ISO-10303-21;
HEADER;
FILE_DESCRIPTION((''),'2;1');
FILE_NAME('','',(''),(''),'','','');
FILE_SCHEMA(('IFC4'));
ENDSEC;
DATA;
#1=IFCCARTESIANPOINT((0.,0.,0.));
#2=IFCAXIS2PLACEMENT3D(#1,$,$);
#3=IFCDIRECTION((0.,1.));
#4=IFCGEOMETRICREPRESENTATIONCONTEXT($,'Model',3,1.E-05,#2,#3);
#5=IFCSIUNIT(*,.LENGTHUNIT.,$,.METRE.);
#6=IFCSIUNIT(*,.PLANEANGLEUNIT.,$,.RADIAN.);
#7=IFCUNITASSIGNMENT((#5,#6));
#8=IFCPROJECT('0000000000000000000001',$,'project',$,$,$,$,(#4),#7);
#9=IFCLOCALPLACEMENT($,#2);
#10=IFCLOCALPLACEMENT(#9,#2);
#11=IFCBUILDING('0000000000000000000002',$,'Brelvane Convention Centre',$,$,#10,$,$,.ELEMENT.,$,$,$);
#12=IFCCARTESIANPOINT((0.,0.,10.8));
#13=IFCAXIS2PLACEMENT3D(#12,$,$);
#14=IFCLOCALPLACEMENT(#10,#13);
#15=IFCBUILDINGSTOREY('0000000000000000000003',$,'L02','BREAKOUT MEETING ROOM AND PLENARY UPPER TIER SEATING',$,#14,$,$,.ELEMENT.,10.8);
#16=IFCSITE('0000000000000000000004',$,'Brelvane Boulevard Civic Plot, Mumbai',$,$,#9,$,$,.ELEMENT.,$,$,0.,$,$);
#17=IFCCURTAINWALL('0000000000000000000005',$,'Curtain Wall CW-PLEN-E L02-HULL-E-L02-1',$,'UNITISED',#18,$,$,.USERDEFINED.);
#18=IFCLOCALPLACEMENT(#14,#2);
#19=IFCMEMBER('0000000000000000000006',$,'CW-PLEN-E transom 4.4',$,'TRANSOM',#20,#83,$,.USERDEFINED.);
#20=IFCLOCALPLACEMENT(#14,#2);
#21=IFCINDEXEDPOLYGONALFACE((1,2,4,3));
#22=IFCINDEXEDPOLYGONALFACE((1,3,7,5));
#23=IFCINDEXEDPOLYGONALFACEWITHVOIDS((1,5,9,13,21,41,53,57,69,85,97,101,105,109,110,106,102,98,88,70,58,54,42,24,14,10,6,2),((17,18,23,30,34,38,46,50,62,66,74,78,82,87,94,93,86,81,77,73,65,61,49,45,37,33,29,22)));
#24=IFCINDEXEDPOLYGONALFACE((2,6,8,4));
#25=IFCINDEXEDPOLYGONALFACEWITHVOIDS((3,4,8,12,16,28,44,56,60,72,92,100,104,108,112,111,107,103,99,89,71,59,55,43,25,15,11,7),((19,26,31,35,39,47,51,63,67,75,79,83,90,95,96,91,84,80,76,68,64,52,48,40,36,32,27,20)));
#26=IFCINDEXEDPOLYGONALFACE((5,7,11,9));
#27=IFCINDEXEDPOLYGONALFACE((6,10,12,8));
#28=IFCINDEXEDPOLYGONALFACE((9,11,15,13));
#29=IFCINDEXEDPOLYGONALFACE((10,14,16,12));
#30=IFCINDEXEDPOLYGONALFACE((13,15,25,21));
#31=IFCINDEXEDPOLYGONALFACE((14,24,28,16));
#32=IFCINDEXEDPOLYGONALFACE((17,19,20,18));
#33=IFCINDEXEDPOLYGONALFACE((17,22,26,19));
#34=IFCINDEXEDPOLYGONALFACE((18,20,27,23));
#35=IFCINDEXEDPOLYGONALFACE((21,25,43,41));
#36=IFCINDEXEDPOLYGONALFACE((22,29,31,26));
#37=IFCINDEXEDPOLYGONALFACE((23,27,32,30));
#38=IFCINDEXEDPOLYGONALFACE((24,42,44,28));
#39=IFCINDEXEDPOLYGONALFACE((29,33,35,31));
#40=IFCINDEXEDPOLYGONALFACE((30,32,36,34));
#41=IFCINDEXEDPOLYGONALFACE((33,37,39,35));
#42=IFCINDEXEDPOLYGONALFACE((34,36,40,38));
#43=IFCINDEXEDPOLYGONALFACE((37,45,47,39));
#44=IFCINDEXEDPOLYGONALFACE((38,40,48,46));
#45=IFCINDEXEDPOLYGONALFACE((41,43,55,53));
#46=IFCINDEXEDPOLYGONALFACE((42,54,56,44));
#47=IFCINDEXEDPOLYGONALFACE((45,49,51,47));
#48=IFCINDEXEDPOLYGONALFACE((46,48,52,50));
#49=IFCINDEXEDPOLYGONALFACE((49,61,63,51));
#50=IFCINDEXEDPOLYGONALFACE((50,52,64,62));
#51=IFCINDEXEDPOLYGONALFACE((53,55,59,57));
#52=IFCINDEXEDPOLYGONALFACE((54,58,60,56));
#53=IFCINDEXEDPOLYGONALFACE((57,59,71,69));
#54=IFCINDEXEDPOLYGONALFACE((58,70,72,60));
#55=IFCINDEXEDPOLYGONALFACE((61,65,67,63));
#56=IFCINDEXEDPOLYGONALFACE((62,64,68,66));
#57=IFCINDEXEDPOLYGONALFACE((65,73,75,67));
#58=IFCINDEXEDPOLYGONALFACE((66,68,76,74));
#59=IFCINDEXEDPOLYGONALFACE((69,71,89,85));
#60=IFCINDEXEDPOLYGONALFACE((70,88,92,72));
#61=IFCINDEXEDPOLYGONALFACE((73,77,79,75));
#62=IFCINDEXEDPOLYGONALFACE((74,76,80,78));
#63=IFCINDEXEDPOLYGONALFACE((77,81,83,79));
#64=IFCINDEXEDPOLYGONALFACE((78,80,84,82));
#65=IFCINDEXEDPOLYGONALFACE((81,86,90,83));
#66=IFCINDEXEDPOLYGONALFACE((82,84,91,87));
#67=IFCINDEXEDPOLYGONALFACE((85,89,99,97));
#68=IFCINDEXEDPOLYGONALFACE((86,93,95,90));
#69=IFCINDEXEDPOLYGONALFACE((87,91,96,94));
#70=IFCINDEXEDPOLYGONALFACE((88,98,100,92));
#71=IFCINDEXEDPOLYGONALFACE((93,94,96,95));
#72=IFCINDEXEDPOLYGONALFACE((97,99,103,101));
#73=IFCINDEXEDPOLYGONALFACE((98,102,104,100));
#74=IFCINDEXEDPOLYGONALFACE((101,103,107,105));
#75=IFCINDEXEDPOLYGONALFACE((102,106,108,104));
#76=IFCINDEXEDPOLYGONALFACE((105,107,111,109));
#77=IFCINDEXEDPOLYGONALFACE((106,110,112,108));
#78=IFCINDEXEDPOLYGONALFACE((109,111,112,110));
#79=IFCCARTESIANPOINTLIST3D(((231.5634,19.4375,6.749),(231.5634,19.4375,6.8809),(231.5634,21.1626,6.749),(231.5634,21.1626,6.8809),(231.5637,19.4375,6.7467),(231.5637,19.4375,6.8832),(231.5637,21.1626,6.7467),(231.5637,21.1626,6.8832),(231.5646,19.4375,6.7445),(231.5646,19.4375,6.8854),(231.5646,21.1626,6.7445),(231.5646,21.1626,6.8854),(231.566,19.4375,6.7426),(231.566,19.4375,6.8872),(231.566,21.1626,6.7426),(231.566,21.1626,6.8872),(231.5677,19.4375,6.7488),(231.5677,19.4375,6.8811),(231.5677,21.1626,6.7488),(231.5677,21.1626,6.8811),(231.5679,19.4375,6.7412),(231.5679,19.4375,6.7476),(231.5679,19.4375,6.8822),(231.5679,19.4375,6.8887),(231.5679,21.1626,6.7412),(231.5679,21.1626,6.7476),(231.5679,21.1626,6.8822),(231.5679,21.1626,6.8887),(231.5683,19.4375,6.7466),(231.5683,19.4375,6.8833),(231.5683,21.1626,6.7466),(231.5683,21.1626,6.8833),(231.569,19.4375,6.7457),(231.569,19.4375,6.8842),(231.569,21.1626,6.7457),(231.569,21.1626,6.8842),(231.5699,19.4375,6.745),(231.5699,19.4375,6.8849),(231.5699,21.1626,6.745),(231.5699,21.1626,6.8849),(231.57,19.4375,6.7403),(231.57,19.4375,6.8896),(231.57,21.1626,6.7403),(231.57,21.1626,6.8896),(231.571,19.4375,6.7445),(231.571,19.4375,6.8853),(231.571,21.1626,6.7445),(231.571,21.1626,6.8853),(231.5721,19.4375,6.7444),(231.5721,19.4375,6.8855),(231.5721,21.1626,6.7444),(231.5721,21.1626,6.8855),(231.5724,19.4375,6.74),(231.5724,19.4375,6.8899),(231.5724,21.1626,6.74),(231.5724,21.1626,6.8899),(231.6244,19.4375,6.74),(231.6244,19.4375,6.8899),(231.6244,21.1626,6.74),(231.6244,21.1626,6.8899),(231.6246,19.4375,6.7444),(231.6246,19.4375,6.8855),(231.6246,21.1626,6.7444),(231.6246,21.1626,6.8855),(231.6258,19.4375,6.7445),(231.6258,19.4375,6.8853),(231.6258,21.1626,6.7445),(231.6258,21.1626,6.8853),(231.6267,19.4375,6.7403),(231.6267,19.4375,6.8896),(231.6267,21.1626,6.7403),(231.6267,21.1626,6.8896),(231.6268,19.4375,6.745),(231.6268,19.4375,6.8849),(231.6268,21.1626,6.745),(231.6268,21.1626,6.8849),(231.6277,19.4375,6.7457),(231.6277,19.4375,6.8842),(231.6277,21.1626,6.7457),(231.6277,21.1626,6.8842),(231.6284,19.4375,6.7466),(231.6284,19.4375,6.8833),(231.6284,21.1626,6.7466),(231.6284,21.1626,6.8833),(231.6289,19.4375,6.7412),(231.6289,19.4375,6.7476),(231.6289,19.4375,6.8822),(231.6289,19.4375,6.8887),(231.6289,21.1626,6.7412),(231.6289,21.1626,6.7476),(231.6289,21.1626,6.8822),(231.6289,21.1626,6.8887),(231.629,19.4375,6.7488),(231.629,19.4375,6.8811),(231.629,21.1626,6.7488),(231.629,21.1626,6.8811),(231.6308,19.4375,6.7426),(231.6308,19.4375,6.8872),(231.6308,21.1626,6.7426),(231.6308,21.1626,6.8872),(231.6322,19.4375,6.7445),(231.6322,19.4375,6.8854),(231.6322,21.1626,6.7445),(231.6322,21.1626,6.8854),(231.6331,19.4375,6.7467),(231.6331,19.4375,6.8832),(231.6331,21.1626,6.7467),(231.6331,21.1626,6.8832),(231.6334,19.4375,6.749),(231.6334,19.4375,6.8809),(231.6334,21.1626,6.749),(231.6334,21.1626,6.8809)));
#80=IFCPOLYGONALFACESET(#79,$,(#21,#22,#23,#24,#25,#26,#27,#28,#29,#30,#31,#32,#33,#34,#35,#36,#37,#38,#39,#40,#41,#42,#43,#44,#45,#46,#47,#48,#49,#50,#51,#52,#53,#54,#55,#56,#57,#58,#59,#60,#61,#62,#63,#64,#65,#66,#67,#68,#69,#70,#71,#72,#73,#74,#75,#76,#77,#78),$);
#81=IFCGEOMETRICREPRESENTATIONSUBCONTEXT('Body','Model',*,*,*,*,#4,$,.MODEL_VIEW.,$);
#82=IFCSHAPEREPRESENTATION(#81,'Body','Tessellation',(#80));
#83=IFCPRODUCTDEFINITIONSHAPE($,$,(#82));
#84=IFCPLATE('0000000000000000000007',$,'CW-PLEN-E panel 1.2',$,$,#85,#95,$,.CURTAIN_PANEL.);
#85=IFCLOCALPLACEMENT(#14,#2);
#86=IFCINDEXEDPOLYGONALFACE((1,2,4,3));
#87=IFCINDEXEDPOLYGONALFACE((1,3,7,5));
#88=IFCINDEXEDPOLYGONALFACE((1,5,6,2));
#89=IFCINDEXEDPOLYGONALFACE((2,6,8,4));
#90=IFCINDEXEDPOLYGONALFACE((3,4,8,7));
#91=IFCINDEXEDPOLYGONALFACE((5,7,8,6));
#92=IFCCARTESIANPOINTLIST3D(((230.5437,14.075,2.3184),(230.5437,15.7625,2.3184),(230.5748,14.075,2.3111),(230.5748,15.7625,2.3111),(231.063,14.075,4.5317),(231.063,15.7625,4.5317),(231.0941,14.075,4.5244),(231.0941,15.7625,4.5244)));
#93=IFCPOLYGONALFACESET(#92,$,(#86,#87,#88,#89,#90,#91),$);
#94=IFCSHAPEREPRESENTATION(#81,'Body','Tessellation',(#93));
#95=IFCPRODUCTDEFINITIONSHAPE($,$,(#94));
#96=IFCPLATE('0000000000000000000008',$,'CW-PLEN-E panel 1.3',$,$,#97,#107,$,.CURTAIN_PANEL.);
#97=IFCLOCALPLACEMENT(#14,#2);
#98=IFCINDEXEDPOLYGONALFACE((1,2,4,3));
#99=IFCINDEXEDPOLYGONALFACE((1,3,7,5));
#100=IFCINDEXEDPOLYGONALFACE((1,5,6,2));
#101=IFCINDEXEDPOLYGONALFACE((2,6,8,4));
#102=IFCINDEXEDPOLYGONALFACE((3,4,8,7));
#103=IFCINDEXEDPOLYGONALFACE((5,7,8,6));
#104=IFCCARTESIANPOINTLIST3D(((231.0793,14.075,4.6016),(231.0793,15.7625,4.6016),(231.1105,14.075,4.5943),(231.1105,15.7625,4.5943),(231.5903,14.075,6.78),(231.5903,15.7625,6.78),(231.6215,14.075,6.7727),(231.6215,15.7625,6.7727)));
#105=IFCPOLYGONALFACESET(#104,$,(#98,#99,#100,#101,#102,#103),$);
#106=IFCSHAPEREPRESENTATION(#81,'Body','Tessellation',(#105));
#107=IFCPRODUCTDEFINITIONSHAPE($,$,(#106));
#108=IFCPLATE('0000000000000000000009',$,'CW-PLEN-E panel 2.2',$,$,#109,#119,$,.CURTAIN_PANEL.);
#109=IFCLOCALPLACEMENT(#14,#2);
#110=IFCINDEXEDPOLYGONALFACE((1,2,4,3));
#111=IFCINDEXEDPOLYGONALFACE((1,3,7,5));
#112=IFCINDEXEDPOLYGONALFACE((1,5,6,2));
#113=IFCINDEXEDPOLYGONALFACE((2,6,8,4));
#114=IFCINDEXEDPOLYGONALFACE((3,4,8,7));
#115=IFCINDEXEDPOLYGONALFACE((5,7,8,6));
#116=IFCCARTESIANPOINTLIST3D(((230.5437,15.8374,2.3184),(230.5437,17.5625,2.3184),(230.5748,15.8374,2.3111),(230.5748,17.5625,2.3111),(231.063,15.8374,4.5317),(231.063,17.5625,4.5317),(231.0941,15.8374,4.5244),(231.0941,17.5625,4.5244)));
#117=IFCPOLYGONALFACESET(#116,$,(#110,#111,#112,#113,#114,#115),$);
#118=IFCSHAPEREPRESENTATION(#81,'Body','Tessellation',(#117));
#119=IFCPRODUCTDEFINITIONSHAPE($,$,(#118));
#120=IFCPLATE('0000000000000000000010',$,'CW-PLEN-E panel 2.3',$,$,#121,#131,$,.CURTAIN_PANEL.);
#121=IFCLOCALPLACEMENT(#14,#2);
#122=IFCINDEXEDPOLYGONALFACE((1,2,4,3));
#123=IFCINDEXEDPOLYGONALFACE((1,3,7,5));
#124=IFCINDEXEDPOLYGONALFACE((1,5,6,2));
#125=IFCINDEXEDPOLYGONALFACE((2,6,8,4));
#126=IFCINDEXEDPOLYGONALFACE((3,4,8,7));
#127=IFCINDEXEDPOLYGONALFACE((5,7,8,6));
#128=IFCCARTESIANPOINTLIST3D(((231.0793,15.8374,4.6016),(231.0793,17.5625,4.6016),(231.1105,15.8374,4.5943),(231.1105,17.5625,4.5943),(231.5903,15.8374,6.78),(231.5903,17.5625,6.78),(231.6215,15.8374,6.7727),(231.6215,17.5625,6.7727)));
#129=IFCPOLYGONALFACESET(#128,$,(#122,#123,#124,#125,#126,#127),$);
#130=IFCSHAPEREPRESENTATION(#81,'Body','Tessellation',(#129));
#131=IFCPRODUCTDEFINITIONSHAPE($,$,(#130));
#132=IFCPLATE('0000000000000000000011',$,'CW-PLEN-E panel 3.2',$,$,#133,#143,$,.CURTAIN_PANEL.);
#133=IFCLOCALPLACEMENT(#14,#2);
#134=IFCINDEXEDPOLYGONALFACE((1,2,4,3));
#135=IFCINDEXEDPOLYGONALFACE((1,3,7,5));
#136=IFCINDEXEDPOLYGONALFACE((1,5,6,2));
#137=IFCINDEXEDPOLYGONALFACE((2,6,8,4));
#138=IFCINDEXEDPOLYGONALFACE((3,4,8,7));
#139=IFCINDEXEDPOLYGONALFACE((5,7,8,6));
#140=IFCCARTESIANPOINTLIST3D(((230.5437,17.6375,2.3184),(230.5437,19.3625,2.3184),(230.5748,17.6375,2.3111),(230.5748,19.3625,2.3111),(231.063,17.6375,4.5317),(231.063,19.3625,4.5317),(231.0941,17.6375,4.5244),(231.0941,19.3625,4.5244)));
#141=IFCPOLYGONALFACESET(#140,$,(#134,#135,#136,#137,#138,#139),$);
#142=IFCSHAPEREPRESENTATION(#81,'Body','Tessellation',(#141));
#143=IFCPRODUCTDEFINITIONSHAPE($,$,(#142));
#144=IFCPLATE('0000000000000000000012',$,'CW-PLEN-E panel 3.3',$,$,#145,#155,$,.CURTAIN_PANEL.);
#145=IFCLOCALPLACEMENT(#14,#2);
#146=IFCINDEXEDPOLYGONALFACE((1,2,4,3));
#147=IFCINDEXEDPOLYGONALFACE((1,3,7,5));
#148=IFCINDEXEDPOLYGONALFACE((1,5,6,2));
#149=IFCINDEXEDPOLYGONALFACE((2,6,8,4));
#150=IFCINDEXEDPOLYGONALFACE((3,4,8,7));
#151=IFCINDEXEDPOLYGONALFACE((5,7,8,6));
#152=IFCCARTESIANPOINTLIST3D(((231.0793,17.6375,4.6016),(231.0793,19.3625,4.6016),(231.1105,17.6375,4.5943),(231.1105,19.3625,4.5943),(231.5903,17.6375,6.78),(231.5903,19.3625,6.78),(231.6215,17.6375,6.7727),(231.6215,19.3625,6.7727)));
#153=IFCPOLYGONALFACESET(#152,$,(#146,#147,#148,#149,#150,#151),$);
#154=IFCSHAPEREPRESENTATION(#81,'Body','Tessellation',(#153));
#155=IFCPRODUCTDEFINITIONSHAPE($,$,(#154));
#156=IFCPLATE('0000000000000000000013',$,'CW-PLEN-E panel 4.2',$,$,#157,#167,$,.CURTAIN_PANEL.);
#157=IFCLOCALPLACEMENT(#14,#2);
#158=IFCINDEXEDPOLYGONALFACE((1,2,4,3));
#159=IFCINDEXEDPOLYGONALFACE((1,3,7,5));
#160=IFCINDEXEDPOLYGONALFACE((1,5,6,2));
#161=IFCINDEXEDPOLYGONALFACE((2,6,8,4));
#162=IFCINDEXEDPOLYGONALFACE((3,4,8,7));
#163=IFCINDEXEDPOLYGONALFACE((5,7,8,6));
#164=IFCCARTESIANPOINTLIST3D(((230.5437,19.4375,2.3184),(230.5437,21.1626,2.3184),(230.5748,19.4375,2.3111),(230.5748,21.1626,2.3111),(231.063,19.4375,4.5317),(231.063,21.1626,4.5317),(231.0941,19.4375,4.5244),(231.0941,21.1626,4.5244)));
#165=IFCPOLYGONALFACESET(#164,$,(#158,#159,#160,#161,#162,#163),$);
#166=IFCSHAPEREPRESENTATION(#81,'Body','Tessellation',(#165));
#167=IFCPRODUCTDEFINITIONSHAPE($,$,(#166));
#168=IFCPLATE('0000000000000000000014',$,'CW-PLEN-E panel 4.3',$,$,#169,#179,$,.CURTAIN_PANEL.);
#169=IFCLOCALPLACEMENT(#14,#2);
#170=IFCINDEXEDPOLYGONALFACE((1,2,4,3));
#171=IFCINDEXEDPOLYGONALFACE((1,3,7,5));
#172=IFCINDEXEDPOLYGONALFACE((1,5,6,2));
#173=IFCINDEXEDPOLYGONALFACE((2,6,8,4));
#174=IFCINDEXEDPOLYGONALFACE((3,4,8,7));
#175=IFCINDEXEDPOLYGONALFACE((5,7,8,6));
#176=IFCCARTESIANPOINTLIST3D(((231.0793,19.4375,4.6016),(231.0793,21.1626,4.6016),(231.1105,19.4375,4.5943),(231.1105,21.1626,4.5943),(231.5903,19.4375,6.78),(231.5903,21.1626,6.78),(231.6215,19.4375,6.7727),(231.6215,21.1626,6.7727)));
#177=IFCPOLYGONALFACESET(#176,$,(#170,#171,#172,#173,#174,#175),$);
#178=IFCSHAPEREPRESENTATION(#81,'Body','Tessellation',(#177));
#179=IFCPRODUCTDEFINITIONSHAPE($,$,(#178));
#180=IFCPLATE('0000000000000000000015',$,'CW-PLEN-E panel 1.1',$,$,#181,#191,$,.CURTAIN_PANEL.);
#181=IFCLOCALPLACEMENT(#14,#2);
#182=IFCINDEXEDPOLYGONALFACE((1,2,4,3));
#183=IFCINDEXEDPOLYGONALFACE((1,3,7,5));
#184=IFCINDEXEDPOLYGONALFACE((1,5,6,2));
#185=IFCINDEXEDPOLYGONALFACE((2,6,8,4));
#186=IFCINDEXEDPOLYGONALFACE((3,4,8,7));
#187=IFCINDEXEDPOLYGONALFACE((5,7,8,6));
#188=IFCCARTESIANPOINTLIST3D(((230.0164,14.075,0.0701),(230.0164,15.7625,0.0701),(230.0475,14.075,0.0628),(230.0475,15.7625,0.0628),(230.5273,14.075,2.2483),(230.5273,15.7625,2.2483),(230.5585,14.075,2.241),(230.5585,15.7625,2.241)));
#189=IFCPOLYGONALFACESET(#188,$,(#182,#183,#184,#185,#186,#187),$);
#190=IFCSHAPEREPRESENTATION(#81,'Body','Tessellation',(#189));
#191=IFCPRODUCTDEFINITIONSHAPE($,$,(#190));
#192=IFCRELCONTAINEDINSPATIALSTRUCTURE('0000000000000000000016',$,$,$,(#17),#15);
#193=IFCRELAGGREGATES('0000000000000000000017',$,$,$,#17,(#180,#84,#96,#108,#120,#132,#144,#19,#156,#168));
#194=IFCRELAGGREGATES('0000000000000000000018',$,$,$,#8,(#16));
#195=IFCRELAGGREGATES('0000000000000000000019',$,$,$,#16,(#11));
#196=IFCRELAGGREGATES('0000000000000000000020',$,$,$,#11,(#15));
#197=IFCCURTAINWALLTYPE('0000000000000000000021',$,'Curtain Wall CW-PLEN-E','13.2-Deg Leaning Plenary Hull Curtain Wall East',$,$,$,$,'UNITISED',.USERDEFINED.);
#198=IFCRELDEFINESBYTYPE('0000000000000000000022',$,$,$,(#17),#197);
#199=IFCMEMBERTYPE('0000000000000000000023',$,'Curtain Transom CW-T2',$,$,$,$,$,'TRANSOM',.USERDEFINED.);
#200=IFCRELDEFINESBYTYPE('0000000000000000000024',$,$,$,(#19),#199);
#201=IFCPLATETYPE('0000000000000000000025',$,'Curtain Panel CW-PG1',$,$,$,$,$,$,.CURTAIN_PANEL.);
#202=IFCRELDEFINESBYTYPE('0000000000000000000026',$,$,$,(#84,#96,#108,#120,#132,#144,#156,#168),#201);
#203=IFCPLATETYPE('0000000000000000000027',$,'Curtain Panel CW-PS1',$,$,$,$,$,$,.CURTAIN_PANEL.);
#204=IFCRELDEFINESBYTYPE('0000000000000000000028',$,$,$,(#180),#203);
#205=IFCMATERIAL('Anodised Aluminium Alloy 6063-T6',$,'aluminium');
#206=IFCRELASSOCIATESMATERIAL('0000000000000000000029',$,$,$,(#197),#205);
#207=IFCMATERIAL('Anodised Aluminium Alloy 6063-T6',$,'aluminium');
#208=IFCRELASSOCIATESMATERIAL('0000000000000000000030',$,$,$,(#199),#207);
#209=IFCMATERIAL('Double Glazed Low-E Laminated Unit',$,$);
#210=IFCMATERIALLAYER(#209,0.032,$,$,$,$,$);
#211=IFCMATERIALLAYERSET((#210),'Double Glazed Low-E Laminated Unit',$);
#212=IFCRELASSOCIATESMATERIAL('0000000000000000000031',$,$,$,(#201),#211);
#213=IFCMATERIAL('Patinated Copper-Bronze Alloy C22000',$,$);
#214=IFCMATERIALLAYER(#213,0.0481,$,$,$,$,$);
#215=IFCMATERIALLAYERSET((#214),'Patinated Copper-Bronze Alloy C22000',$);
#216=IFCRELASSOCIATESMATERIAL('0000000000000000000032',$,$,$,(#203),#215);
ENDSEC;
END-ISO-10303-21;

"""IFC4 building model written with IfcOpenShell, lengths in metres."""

from ifc_helpers import new_model, si_unit, direction, frame, origin, origin_2d, place, context, subcontext, project, spatial, polyline, hollow_rectangle, outline, extrude, material, layer, layer_set, material_profile, profile_set, type_object, element, aggregate, save


model = new_model("IFC4")

# Units and contexts
model_context = context("Model", 3, precision=1e-05, world=origin(), true_north=direction((0.0, 1.0)))
body_context = subcontext(model_context, "Body", "Model", "MODEL_VIEW")
ifc_project = project(units=[si_unit("LENGTHUNIT", "METRE"), si_unit("PLANEANGLEUNIT", "RADIAN")], contexts=[model_context])

# Site, building, storey
site_placement = place(None, origin())
site = spatial("IfcSite", under=ifc_project, at=site_placement, Name="Brelvane Boulevard Civic Plot, Mumbai", CompositionType="ELEMENT", RefElevation=0.0)
building_placement = place(site_placement, origin())
building = spatial("IfcBuilding", under=site, at=building_placement, Name="Brelvane Convention Centre", CompositionType="ELEMENT")
storey_placement = place(building_placement, frame((0.0, 0.0, 10.8)))
storey = spatial("IfcBuildingStorey", under=building, at=storey_placement, Name="L02", Description="BREAKOUT MEETING ROOM AND PLENARY UPPER TIER SEATING", CompositionType="ELEMENT", Elevation=10.8)

# Curtain wall, member, plates
ifc_material_1 = material(Name="Anodised Aluminium Alloy 6063-T6", Category="aluminium")
curtain_wall_type = type_object("IfcCurtainWallType", Name="Curtain Wall CW-PLEN-E", Description="13.2-Deg Leaning Plenary Hull Curtain Wall East", ElementType="UNITISED", PredefinedType="USERDEFINED", material=ifc_material_1)
curtain_wall_placement = place(storey_placement, origin())
curtain_wall = element("IfcCurtainWall", 1, at=curtain_wall_placement, inside=storey, type_object=curtain_wall_type, Name="Curtain Wall CW-PLEN-E L02-HULL-E-L02-1", ObjectType="UNITISED", PredefinedType="USERDEFINED")
ifc_material_2 = material(Name="Anodised Aluminium Alloy 6063-T6", Category="aluminium")
ifc_material_profile_1 = material_profile(ifc_material_2, hollow_rectangle(XDim=0.0701, YDim=0.1499, WallThickness=0.0044, InnerFilletRadius=0.0044, OuterFilletRadius=0.009, at=origin_2d()), Name="ALU-T 150x70x4.5")
ifc_profile_set_1 = profile_set([ifc_material_profile_1], Name="Anodised Aluminium Alloy 6063-T6")
member_type_1 = type_object("IfcMemberType", Name="Curtain Transom CW-T2", ElementType="TRANSOM", PredefinedType="USERDEFINED", material=ifc_profile_set_1)
member_1_placement = place(storey_placement, frame((231.5984, 19.4375, 6.8149), z_axis=(0.0, 1.0, 0.0), x_axis=(-1.0, 0.0, 0.0)))
member_1 = element("IfcMember", 2, at=member_1_placement, type_object=member_type_1, Name="CW-PLEN-E transom 4.4", ObjectType="TRANSOM", PredefinedType="USERDEFINED", context=body_context, shape_type="SweptSolid", body=[
    extrude(hollow_rectangle(XDim=0.0701, YDim=0.1499, WallThickness=0.0044, InnerFilletRadius=0.0044, OuterFilletRadius=0.009, at=origin_2d()), origin(), (0.0, 0.0, 1.0), 1.7251),
])
ifc_material_3 = material(Name="Double Glazed Low-E Laminated Unit")
ifc_layer_1 = layer(ifc_material_3, 0.032)
ifc_layer_set_1 = layer_set([ifc_layer_1], Name="Double Glazed Low-E Laminated Unit")
plate_type_1 = type_object("IfcPlateType", Name="Curtain Panel CW-PG1", PredefinedType="CURTAIN_PANEL", material=ifc_layer_set_1)
plate_1_placement = place(storey_placement, frame((230.5437, 14.075, 2.3184), z_axis=(-0.973565, 0.0, 0.228411), x_axis=(0.0, 1.0, 0.0)))
plate_1 = element("IfcPlate", 3, at=plate_1_placement, type_object=plate_type_1, Name="CW-PLEN-E panel 1.2", PredefinedType="CURTAIN_PANEL", context=body_context, shape_type="SweptSolid", body=[
    extrude(outline(polyline([(0.0, 0.0), (1.6875, 0.0), (1.6875, -2.2735), (0.0, -2.2735), (0.0, 0.0)])), origin(), (0.0, 0.0, -1.0), 0.032),
])
plate_2_placement = place(storey_placement, frame((231.0793, 14.075, 4.6016), z_axis=(-0.973576, 0.0, 0.228364), x_axis=(0.0, 1.0, 0.0)))
plate_2 = element("IfcPlate", 4, at=plate_2_placement, type_object=plate_type_1, Name="CW-PLEN-E panel 1.3", PredefinedType="CURTAIN_PANEL", context=body_context, shape_type="SweptSolid", body=[
    extrude(outline(polyline([(0.0, 0.0), (1.6875, 0.0), (1.6875, -2.2376), (0.0, -2.2376), (0.0, 0.0)])), origin(), (0.0, 0.0, -1.0), 0.032),
])
plate_3_placement = place(storey_placement, frame((230.5437, 15.8374, 2.3184), z_axis=(-0.973565, 0.0, 0.228411), x_axis=(0.0, 1.0, 0.0)))
plate_3 = element("IfcPlate", 5, at=plate_3_placement, type_object=plate_type_1, Name="CW-PLEN-E panel 2.2", PredefinedType="CURTAIN_PANEL", context=body_context, shape_type="SweptSolid", body=[
    extrude(outline(polyline([(0.0, 0.0), (1.7251, 0.0), (1.7251, -2.2735), (0.0, -2.2735), (0.0, 0.0)])), origin(), (0.0, 0.0, -1.0), 0.032),
])
plate_4_placement = place(storey_placement, frame((231.0793, 15.8374, 4.6016), z_axis=(-0.973576, 0.0, 0.228364), x_axis=(0.0, 1.0, 0.0)))
plate_4 = element("IfcPlate", 6, at=plate_4_placement, type_object=plate_type_1, Name="CW-PLEN-E panel 2.3", PredefinedType="CURTAIN_PANEL", context=body_context, shape_type="SweptSolid", body=[
    extrude(outline(polyline([(0.0, 0.0), (1.7251, 0.0), (1.7251, -2.2376), (0.0, -2.2376), (0.0, 0.0)])), origin(), (0.0, 0.0, -1.0), 0.032),
])
plate_5_placement = place(storey_placement, frame((230.5437, 17.6375, 2.3184), z_axis=(-0.973565, 0.0, 0.228411), x_axis=(0.0, 1.0, 0.0)))
plate_5 = element("IfcPlate", 7, at=plate_5_placement, type_object=plate_type_1, Name="CW-PLEN-E panel 3.2", PredefinedType="CURTAIN_PANEL", context=body_context, shape_type="SweptSolid", body=[
    extrude(outline(polyline([(0.0, 0.0), (1.7251, 0.0), (1.7251, -2.2735), (0.0, -2.2735), (0.0, 0.0)])), origin(), (0.0, 0.0, -1.0), 0.032),
])
plate_6_placement = place(storey_placement, frame((231.0793, 17.6375, 4.6016), z_axis=(-0.973576, 0.0, 0.228364), x_axis=(0.0, 1.0, 0.0)))
plate_6 = element("IfcPlate", 8, at=plate_6_placement, type_object=plate_type_1, Name="CW-PLEN-E panel 3.3", PredefinedType="CURTAIN_PANEL", context=body_context, shape_type="SweptSolid", body=[
    extrude(outline(polyline([(0.0, 0.0), (1.7251, 0.0), (1.7251, -2.2376), (0.0, -2.2376), (0.0, 0.0)])), origin(), (0.0, 0.0, -1.0), 0.032),
])
plate_7_placement = place(storey_placement, frame((230.5437, 19.4375, 2.3184), z_axis=(-0.973565, 0.0, 0.228411), x_axis=(0.0, 1.0, 0.0)))
plate_7 = element("IfcPlate", 9, at=plate_7_placement, type_object=plate_type_1, Name="CW-PLEN-E panel 4.2", PredefinedType="CURTAIN_PANEL", context=body_context, shape_type="SweptSolid", body=[
    extrude(outline(polyline([(0.0, 0.0), (1.7251, 0.0), (1.7251, -2.2735), (0.0, -2.2735), (0.0, 0.0)])), origin(), (0.0, 0.0, -1.0), 0.032),
])
plate_8_placement = place(storey_placement, frame((231.0793, 19.4375, 4.6016), z_axis=(-0.973576, 0.0, 0.228364), x_axis=(0.0, 1.0, 0.0)))
plate_8 = element("IfcPlate", 10, at=plate_8_placement, type_object=plate_type_1, Name="CW-PLEN-E panel 4.3", PredefinedType="CURTAIN_PANEL", context=body_context, shape_type="SweptSolid", body=[
    extrude(outline(polyline([(0.0, 0.0), (1.7251, 0.0), (1.7251, -2.2376), (0.0, -2.2376), (0.0, 0.0)])), origin(), (0.0, 0.0, -1.0), 0.032),
])
ifc_material_4 = material(Name="Patinated Copper-Bronze Alloy C22000")
ifc_layer_2 = layer(ifc_material_4, 0.0481)
ifc_layer_set_2 = layer_set([ifc_layer_2], Name="Patinated Copper-Bronze Alloy C22000")
plate_type_2 = type_object("IfcPlateType", Name="Curtain Panel CW-PS1", PredefinedType="CURTAIN_PANEL", material=ifc_layer_set_2)
plate_9_placement = place(storey_placement, frame((230.0164, 14.075, 0.0701), z_axis=(-0.97357, 0.0, 0.228388), x_axis=(0.0, 1.0, 0.0)))
plate_9 = element("IfcPlate", 11, at=plate_9_placement, type_object=plate_type_2, Name="CW-PLEN-E panel 1.1", PredefinedType="CURTAIN_PANEL", context=body_context, shape_type="SweptSolid", body=[
    extrude(outline(polyline([(0.0, 0.0), (1.6875, 0.0), (1.6875, -2.2374), (0.0, -2.2374), (0.0, 0.0)])), origin(), (0.0, 0.0, -1.0), 0.032),
])
aggregate(curtain_wall, [plate_9, plate_1, plate_2, plate_3, plate_4, plate_5, plate_6, member_1, plate_7, plate_8])

save(model, "model.ifc")
